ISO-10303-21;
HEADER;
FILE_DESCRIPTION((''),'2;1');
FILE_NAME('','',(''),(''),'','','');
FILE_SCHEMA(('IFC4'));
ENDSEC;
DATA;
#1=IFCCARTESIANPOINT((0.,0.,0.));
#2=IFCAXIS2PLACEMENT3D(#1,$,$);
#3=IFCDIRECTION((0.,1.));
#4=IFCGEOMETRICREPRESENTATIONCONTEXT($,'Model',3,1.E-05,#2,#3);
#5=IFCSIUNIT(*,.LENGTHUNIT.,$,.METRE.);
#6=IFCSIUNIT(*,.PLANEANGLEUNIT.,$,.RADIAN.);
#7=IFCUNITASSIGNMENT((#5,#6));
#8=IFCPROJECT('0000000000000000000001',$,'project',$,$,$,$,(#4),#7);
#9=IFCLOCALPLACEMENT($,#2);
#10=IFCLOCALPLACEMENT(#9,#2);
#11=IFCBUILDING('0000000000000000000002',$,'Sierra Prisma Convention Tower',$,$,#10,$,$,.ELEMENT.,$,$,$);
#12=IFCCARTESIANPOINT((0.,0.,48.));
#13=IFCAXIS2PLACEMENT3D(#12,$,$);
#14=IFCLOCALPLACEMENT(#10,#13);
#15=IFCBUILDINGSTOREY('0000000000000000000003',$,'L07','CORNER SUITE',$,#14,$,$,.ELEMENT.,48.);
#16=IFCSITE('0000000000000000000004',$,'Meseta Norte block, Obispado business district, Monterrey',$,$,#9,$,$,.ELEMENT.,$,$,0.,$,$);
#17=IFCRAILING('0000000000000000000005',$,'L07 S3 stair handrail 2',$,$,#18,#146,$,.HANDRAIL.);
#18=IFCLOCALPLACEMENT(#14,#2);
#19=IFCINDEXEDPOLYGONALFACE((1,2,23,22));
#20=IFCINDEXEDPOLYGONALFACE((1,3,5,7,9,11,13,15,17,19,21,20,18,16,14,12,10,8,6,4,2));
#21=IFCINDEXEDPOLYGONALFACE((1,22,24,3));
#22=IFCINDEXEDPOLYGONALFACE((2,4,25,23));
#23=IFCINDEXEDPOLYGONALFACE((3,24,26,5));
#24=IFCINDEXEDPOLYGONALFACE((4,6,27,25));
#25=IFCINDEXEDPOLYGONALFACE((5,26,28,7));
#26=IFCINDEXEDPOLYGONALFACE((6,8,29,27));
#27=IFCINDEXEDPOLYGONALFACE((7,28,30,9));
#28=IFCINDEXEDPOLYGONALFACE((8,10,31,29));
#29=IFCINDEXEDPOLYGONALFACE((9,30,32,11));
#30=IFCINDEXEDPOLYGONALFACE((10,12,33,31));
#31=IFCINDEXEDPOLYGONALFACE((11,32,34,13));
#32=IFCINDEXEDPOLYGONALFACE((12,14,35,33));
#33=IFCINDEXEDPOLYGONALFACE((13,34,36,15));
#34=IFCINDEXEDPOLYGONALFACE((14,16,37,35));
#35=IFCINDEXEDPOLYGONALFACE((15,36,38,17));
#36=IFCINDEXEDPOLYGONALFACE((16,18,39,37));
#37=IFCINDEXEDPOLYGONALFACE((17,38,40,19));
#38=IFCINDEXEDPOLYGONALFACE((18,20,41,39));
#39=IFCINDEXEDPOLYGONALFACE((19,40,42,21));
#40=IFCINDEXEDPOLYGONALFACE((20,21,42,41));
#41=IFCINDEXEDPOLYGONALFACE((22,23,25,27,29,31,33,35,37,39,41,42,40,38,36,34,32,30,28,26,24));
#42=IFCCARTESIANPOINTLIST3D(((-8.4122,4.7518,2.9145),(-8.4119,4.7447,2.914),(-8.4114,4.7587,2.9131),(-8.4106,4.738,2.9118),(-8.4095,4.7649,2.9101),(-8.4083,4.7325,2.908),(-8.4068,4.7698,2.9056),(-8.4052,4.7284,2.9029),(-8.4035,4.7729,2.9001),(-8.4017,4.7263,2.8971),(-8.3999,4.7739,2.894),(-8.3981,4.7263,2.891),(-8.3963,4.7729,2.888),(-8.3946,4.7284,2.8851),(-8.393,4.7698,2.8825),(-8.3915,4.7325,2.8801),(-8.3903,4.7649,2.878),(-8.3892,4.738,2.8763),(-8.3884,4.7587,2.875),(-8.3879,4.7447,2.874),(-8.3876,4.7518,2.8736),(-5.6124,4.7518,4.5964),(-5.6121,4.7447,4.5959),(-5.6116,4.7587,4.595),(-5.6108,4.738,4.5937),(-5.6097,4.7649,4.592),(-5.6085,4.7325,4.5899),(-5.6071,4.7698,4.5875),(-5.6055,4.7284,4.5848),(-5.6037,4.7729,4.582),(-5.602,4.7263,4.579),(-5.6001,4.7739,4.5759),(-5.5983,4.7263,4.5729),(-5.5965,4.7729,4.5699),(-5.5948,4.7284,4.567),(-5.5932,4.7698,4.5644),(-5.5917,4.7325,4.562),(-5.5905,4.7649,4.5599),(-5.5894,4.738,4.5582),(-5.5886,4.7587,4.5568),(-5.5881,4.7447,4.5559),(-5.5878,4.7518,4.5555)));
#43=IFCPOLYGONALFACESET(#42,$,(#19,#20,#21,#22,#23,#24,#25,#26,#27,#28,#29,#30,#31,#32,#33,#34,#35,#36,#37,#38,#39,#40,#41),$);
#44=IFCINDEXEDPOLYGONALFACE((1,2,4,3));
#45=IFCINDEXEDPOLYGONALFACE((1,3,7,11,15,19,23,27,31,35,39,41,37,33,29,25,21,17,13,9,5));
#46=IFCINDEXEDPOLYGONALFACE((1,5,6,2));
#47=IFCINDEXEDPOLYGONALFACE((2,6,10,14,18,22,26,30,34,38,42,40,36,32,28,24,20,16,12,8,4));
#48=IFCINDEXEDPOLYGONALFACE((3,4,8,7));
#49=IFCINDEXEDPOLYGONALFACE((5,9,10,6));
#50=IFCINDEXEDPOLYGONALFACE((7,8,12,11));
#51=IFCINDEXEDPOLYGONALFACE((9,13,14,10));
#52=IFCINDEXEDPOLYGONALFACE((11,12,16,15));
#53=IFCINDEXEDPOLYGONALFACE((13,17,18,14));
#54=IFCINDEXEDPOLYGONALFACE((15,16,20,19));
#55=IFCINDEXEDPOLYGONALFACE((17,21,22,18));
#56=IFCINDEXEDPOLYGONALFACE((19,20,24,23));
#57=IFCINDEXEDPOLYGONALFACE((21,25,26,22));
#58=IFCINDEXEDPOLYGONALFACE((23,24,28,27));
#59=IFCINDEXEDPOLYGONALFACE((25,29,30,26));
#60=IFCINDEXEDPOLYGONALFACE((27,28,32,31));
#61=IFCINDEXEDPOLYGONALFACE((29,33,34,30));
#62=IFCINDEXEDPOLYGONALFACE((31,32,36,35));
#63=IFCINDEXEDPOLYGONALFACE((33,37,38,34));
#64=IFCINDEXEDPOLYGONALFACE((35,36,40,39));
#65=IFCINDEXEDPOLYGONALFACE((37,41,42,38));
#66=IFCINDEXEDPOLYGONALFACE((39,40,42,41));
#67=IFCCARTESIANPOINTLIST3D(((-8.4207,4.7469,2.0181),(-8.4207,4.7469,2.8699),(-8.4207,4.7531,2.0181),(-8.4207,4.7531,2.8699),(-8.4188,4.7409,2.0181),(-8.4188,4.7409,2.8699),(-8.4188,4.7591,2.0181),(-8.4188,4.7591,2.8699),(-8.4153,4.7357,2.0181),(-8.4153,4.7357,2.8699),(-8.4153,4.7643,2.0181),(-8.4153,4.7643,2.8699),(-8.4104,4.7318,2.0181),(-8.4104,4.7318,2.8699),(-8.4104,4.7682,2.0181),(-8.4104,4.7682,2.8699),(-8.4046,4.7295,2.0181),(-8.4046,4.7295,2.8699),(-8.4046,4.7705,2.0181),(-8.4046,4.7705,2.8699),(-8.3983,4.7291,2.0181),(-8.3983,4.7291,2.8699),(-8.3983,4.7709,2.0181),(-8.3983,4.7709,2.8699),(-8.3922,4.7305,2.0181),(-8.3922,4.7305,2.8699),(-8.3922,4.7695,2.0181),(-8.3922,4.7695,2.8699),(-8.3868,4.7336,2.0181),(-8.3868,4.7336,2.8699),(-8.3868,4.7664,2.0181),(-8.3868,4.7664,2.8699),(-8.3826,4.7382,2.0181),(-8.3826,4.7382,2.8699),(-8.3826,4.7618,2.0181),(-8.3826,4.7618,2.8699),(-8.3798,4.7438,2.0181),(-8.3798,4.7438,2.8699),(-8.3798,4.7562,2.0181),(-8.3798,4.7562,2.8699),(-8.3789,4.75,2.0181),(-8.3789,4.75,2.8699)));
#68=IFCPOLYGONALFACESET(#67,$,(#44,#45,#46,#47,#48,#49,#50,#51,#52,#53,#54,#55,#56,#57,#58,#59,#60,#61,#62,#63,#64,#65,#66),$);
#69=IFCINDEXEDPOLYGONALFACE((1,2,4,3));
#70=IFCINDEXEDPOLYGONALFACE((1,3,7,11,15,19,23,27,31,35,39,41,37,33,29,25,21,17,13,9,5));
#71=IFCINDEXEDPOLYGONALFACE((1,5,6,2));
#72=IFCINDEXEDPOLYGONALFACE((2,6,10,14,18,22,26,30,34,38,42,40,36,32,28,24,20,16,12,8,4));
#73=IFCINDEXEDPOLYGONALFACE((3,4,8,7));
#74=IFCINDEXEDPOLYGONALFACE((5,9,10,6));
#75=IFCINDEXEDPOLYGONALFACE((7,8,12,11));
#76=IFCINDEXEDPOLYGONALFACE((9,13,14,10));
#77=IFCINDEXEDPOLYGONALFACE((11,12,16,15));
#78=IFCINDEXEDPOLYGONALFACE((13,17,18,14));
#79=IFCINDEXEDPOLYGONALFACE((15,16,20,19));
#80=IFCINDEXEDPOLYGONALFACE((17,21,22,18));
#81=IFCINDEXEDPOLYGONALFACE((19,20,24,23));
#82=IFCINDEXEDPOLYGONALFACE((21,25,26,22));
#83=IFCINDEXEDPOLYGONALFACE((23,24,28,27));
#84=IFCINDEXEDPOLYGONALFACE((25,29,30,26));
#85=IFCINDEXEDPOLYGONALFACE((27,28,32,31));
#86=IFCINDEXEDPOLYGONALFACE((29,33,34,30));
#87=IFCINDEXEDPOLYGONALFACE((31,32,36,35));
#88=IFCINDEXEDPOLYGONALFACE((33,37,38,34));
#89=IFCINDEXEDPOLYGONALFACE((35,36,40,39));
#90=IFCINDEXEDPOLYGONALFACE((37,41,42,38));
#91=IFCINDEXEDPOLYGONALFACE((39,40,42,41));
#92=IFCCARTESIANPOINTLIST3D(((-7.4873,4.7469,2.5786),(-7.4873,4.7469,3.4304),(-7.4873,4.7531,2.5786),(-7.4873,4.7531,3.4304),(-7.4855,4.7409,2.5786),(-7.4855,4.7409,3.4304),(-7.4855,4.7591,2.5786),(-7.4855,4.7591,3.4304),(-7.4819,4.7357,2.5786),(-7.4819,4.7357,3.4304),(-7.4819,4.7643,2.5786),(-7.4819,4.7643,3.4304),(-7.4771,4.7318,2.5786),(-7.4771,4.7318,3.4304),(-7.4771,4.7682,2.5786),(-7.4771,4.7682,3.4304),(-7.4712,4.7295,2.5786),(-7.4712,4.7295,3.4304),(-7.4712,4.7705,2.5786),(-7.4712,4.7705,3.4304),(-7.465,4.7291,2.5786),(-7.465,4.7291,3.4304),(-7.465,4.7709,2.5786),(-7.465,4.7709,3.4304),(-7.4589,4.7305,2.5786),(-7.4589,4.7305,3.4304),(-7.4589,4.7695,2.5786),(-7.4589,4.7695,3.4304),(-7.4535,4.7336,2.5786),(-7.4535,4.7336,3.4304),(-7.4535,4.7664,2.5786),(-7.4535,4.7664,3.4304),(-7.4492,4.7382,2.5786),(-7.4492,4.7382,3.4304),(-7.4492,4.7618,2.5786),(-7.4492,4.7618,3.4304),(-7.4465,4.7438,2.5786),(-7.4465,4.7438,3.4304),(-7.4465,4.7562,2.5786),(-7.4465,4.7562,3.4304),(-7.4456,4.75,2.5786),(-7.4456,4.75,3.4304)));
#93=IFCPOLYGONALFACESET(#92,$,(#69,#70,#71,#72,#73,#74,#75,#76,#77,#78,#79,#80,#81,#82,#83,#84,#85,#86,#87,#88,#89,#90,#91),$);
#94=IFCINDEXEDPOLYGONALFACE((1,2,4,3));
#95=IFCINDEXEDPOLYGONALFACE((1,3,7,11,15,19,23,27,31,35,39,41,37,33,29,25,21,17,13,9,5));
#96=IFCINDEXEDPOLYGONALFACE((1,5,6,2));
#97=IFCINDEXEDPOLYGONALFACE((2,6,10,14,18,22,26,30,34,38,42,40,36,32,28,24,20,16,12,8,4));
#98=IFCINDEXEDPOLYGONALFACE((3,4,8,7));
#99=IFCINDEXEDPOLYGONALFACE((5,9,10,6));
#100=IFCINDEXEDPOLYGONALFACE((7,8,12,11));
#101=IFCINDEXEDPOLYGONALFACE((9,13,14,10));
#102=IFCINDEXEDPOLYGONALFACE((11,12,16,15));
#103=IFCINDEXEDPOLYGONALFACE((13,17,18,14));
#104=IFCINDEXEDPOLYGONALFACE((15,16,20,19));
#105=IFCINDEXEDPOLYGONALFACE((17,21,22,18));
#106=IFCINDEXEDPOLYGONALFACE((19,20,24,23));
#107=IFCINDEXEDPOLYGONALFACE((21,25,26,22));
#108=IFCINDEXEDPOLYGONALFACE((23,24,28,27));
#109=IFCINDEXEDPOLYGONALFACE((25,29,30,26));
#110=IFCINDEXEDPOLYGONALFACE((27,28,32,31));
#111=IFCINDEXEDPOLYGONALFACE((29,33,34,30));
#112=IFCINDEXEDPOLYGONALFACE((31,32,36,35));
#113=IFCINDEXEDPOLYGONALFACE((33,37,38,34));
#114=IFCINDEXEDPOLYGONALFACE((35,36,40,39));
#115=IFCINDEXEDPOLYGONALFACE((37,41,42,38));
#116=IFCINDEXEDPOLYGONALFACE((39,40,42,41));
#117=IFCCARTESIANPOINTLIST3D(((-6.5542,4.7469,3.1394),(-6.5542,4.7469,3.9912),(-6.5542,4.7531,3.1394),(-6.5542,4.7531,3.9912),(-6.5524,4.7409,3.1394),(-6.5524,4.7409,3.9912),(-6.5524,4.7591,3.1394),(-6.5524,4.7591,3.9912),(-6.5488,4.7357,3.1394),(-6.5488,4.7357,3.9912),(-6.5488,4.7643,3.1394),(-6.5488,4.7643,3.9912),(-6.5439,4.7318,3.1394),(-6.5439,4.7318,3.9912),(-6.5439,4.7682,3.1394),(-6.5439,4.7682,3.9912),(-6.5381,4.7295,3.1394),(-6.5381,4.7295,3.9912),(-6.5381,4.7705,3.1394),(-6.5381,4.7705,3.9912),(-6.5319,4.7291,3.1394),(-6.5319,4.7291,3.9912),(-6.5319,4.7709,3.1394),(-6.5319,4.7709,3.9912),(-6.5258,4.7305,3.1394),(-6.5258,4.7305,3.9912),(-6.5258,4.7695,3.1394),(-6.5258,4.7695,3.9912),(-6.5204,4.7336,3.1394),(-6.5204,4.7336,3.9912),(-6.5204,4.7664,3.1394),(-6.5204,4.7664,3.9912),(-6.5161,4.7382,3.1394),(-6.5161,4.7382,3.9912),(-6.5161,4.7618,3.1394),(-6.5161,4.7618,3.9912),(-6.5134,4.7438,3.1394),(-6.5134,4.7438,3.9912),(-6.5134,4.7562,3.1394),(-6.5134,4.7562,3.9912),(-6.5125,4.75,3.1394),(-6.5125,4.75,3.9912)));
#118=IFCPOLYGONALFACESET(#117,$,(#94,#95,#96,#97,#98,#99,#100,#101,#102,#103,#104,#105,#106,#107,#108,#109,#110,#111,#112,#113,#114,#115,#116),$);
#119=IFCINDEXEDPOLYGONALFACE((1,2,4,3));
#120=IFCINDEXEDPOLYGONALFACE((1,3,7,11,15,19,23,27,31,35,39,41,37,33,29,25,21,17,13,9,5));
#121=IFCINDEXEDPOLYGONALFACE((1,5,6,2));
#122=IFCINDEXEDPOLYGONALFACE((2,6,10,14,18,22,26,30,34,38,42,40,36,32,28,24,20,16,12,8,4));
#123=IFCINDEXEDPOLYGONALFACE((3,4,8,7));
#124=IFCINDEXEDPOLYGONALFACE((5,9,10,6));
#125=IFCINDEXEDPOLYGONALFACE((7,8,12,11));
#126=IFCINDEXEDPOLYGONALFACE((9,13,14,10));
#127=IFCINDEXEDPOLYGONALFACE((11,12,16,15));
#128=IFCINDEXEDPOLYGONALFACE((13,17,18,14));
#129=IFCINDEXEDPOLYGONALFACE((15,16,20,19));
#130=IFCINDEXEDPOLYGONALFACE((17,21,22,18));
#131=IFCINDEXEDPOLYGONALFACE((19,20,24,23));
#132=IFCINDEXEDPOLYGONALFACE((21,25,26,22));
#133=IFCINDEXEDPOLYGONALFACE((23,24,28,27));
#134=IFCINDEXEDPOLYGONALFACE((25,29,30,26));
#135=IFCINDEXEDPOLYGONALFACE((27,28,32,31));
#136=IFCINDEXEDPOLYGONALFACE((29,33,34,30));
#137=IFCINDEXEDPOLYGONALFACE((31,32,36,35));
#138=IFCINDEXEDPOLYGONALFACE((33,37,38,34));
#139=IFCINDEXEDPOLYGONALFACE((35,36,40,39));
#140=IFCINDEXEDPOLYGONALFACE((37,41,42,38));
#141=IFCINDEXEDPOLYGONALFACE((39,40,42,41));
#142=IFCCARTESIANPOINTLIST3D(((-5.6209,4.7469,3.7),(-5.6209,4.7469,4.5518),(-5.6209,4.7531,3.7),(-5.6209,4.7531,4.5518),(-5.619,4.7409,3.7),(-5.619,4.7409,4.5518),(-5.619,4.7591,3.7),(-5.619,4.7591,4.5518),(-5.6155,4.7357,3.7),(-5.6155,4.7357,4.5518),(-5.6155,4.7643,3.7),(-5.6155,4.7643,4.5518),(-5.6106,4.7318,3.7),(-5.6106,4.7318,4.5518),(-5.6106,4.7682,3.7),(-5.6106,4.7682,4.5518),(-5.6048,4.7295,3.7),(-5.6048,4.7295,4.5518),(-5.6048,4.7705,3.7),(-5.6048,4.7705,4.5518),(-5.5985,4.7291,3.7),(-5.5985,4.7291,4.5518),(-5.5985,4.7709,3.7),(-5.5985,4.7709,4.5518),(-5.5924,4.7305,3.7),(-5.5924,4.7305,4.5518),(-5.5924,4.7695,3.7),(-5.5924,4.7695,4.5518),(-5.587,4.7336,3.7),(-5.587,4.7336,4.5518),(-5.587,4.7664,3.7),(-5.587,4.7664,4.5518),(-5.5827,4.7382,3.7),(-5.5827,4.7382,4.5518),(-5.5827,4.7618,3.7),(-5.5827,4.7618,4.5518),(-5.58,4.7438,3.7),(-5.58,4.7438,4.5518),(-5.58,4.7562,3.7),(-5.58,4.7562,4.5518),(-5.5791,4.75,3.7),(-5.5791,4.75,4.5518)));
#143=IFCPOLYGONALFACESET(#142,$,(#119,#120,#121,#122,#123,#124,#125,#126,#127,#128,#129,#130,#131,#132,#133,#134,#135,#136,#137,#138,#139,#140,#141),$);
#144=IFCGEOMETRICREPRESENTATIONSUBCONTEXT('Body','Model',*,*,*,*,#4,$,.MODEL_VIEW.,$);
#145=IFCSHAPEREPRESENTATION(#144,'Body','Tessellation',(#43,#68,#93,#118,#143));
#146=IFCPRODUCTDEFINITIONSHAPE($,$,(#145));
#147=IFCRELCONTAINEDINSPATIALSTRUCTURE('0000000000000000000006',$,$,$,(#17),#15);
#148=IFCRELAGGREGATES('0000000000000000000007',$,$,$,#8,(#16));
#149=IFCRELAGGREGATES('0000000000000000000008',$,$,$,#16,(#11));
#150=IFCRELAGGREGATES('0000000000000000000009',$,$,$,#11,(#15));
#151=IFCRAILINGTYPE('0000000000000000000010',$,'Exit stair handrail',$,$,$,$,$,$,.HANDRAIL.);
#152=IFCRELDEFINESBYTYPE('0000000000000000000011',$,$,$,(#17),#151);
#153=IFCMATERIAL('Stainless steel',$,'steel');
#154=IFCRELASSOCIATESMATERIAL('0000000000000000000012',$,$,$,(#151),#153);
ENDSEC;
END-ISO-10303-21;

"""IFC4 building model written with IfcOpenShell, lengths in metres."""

from ifc_helpers import new_model, si_unit, direction, frame, origin, origin_2d, place, context, subcontext, project, spatial, circle, extrude, material, type_object, element, save


model = new_model("IFC4")

# Units and contexts
model_context = context("Model", 3, precision=1e-05, world=origin(), true_north=direction((0.0, 1.0)))
body_context = subcontext(model_context, "Body", "Model", "MODEL_VIEW")
ifc_project = project(units=[si_unit("LENGTHUNIT", "METRE"), si_unit("PLANEANGLEUNIT", "RADIAN")], contexts=[model_context])

# Site, building, storey
site_placement = place(None, origin())
site = spatial("IfcSite", under=ifc_project, at=site_placement, Name="Meseta Norte block, Obispado business district, Monterrey", CompositionType="ELEMENT", RefElevation=0.0)
building_placement = place(site_placement, origin())
building = spatial("IfcBuilding", under=site, at=building_placement, Name="Sierra Prisma Convention Tower", CompositionType="ELEMENT")
storey_placement = place(building_placement, frame((0.0, 0.0, 48.0)))
storey = spatial("IfcBuildingStorey", under=building, at=storey_placement, Name="L07", Description="CORNER SUITE", CompositionType="ELEMENT", Elevation=48.0)

# Railing
ifc_material_1 = material(Name="Stainless steel", Category="steel")
railing_type_1 = type_object("IfcRailingType", Name="Exit stair handrail", PredefinedType="HANDRAIL", material=ifc_material_1)
railing_1_placement = place(storey_placement, frame((-8.3999, 4.75, 2.0181)))
element("IfcRailing", 1, at=railing_1_placement, inside=storey, type_object=railing_type_1, Name="L07 S3 stair handrail 2", PredefinedType="HANDRAIL", context=body_context, shape_type="SweptSolid", body=[
    extrude(circle(Radius=0.0239, at=origin_2d()), frame((0.0, 0.0, 0.876), z_axis=(0.857222, 0.0, 0.514946), x_axis=(0.0, 1.0, 0.0)), (0.0, 0.0, 1.0), 3.2661),
    extrude(circle(Radius=0.021, at=origin_2d()), origin(), (0.0, 0.0, 1.0), 0.8518),
    extrude(circle(Radius=0.021, at=origin_2d()), frame((0.9333, 0.0, 0.5605)), (0.0, 0.0, 1.0), 0.8518),
    extrude(circle(Radius=0.021, at=origin_2d()), frame((1.8665, 0.0, 1.1213)), (0.0, 0.0, 1.0), 0.8518),
    extrude(circle(Radius=0.021, at=origin_2d()), frame((2.7998, 0.0, 1.6819)), (0.0, 0.0, 1.0), 0.8518),
])

save(model, "model.ifc")
